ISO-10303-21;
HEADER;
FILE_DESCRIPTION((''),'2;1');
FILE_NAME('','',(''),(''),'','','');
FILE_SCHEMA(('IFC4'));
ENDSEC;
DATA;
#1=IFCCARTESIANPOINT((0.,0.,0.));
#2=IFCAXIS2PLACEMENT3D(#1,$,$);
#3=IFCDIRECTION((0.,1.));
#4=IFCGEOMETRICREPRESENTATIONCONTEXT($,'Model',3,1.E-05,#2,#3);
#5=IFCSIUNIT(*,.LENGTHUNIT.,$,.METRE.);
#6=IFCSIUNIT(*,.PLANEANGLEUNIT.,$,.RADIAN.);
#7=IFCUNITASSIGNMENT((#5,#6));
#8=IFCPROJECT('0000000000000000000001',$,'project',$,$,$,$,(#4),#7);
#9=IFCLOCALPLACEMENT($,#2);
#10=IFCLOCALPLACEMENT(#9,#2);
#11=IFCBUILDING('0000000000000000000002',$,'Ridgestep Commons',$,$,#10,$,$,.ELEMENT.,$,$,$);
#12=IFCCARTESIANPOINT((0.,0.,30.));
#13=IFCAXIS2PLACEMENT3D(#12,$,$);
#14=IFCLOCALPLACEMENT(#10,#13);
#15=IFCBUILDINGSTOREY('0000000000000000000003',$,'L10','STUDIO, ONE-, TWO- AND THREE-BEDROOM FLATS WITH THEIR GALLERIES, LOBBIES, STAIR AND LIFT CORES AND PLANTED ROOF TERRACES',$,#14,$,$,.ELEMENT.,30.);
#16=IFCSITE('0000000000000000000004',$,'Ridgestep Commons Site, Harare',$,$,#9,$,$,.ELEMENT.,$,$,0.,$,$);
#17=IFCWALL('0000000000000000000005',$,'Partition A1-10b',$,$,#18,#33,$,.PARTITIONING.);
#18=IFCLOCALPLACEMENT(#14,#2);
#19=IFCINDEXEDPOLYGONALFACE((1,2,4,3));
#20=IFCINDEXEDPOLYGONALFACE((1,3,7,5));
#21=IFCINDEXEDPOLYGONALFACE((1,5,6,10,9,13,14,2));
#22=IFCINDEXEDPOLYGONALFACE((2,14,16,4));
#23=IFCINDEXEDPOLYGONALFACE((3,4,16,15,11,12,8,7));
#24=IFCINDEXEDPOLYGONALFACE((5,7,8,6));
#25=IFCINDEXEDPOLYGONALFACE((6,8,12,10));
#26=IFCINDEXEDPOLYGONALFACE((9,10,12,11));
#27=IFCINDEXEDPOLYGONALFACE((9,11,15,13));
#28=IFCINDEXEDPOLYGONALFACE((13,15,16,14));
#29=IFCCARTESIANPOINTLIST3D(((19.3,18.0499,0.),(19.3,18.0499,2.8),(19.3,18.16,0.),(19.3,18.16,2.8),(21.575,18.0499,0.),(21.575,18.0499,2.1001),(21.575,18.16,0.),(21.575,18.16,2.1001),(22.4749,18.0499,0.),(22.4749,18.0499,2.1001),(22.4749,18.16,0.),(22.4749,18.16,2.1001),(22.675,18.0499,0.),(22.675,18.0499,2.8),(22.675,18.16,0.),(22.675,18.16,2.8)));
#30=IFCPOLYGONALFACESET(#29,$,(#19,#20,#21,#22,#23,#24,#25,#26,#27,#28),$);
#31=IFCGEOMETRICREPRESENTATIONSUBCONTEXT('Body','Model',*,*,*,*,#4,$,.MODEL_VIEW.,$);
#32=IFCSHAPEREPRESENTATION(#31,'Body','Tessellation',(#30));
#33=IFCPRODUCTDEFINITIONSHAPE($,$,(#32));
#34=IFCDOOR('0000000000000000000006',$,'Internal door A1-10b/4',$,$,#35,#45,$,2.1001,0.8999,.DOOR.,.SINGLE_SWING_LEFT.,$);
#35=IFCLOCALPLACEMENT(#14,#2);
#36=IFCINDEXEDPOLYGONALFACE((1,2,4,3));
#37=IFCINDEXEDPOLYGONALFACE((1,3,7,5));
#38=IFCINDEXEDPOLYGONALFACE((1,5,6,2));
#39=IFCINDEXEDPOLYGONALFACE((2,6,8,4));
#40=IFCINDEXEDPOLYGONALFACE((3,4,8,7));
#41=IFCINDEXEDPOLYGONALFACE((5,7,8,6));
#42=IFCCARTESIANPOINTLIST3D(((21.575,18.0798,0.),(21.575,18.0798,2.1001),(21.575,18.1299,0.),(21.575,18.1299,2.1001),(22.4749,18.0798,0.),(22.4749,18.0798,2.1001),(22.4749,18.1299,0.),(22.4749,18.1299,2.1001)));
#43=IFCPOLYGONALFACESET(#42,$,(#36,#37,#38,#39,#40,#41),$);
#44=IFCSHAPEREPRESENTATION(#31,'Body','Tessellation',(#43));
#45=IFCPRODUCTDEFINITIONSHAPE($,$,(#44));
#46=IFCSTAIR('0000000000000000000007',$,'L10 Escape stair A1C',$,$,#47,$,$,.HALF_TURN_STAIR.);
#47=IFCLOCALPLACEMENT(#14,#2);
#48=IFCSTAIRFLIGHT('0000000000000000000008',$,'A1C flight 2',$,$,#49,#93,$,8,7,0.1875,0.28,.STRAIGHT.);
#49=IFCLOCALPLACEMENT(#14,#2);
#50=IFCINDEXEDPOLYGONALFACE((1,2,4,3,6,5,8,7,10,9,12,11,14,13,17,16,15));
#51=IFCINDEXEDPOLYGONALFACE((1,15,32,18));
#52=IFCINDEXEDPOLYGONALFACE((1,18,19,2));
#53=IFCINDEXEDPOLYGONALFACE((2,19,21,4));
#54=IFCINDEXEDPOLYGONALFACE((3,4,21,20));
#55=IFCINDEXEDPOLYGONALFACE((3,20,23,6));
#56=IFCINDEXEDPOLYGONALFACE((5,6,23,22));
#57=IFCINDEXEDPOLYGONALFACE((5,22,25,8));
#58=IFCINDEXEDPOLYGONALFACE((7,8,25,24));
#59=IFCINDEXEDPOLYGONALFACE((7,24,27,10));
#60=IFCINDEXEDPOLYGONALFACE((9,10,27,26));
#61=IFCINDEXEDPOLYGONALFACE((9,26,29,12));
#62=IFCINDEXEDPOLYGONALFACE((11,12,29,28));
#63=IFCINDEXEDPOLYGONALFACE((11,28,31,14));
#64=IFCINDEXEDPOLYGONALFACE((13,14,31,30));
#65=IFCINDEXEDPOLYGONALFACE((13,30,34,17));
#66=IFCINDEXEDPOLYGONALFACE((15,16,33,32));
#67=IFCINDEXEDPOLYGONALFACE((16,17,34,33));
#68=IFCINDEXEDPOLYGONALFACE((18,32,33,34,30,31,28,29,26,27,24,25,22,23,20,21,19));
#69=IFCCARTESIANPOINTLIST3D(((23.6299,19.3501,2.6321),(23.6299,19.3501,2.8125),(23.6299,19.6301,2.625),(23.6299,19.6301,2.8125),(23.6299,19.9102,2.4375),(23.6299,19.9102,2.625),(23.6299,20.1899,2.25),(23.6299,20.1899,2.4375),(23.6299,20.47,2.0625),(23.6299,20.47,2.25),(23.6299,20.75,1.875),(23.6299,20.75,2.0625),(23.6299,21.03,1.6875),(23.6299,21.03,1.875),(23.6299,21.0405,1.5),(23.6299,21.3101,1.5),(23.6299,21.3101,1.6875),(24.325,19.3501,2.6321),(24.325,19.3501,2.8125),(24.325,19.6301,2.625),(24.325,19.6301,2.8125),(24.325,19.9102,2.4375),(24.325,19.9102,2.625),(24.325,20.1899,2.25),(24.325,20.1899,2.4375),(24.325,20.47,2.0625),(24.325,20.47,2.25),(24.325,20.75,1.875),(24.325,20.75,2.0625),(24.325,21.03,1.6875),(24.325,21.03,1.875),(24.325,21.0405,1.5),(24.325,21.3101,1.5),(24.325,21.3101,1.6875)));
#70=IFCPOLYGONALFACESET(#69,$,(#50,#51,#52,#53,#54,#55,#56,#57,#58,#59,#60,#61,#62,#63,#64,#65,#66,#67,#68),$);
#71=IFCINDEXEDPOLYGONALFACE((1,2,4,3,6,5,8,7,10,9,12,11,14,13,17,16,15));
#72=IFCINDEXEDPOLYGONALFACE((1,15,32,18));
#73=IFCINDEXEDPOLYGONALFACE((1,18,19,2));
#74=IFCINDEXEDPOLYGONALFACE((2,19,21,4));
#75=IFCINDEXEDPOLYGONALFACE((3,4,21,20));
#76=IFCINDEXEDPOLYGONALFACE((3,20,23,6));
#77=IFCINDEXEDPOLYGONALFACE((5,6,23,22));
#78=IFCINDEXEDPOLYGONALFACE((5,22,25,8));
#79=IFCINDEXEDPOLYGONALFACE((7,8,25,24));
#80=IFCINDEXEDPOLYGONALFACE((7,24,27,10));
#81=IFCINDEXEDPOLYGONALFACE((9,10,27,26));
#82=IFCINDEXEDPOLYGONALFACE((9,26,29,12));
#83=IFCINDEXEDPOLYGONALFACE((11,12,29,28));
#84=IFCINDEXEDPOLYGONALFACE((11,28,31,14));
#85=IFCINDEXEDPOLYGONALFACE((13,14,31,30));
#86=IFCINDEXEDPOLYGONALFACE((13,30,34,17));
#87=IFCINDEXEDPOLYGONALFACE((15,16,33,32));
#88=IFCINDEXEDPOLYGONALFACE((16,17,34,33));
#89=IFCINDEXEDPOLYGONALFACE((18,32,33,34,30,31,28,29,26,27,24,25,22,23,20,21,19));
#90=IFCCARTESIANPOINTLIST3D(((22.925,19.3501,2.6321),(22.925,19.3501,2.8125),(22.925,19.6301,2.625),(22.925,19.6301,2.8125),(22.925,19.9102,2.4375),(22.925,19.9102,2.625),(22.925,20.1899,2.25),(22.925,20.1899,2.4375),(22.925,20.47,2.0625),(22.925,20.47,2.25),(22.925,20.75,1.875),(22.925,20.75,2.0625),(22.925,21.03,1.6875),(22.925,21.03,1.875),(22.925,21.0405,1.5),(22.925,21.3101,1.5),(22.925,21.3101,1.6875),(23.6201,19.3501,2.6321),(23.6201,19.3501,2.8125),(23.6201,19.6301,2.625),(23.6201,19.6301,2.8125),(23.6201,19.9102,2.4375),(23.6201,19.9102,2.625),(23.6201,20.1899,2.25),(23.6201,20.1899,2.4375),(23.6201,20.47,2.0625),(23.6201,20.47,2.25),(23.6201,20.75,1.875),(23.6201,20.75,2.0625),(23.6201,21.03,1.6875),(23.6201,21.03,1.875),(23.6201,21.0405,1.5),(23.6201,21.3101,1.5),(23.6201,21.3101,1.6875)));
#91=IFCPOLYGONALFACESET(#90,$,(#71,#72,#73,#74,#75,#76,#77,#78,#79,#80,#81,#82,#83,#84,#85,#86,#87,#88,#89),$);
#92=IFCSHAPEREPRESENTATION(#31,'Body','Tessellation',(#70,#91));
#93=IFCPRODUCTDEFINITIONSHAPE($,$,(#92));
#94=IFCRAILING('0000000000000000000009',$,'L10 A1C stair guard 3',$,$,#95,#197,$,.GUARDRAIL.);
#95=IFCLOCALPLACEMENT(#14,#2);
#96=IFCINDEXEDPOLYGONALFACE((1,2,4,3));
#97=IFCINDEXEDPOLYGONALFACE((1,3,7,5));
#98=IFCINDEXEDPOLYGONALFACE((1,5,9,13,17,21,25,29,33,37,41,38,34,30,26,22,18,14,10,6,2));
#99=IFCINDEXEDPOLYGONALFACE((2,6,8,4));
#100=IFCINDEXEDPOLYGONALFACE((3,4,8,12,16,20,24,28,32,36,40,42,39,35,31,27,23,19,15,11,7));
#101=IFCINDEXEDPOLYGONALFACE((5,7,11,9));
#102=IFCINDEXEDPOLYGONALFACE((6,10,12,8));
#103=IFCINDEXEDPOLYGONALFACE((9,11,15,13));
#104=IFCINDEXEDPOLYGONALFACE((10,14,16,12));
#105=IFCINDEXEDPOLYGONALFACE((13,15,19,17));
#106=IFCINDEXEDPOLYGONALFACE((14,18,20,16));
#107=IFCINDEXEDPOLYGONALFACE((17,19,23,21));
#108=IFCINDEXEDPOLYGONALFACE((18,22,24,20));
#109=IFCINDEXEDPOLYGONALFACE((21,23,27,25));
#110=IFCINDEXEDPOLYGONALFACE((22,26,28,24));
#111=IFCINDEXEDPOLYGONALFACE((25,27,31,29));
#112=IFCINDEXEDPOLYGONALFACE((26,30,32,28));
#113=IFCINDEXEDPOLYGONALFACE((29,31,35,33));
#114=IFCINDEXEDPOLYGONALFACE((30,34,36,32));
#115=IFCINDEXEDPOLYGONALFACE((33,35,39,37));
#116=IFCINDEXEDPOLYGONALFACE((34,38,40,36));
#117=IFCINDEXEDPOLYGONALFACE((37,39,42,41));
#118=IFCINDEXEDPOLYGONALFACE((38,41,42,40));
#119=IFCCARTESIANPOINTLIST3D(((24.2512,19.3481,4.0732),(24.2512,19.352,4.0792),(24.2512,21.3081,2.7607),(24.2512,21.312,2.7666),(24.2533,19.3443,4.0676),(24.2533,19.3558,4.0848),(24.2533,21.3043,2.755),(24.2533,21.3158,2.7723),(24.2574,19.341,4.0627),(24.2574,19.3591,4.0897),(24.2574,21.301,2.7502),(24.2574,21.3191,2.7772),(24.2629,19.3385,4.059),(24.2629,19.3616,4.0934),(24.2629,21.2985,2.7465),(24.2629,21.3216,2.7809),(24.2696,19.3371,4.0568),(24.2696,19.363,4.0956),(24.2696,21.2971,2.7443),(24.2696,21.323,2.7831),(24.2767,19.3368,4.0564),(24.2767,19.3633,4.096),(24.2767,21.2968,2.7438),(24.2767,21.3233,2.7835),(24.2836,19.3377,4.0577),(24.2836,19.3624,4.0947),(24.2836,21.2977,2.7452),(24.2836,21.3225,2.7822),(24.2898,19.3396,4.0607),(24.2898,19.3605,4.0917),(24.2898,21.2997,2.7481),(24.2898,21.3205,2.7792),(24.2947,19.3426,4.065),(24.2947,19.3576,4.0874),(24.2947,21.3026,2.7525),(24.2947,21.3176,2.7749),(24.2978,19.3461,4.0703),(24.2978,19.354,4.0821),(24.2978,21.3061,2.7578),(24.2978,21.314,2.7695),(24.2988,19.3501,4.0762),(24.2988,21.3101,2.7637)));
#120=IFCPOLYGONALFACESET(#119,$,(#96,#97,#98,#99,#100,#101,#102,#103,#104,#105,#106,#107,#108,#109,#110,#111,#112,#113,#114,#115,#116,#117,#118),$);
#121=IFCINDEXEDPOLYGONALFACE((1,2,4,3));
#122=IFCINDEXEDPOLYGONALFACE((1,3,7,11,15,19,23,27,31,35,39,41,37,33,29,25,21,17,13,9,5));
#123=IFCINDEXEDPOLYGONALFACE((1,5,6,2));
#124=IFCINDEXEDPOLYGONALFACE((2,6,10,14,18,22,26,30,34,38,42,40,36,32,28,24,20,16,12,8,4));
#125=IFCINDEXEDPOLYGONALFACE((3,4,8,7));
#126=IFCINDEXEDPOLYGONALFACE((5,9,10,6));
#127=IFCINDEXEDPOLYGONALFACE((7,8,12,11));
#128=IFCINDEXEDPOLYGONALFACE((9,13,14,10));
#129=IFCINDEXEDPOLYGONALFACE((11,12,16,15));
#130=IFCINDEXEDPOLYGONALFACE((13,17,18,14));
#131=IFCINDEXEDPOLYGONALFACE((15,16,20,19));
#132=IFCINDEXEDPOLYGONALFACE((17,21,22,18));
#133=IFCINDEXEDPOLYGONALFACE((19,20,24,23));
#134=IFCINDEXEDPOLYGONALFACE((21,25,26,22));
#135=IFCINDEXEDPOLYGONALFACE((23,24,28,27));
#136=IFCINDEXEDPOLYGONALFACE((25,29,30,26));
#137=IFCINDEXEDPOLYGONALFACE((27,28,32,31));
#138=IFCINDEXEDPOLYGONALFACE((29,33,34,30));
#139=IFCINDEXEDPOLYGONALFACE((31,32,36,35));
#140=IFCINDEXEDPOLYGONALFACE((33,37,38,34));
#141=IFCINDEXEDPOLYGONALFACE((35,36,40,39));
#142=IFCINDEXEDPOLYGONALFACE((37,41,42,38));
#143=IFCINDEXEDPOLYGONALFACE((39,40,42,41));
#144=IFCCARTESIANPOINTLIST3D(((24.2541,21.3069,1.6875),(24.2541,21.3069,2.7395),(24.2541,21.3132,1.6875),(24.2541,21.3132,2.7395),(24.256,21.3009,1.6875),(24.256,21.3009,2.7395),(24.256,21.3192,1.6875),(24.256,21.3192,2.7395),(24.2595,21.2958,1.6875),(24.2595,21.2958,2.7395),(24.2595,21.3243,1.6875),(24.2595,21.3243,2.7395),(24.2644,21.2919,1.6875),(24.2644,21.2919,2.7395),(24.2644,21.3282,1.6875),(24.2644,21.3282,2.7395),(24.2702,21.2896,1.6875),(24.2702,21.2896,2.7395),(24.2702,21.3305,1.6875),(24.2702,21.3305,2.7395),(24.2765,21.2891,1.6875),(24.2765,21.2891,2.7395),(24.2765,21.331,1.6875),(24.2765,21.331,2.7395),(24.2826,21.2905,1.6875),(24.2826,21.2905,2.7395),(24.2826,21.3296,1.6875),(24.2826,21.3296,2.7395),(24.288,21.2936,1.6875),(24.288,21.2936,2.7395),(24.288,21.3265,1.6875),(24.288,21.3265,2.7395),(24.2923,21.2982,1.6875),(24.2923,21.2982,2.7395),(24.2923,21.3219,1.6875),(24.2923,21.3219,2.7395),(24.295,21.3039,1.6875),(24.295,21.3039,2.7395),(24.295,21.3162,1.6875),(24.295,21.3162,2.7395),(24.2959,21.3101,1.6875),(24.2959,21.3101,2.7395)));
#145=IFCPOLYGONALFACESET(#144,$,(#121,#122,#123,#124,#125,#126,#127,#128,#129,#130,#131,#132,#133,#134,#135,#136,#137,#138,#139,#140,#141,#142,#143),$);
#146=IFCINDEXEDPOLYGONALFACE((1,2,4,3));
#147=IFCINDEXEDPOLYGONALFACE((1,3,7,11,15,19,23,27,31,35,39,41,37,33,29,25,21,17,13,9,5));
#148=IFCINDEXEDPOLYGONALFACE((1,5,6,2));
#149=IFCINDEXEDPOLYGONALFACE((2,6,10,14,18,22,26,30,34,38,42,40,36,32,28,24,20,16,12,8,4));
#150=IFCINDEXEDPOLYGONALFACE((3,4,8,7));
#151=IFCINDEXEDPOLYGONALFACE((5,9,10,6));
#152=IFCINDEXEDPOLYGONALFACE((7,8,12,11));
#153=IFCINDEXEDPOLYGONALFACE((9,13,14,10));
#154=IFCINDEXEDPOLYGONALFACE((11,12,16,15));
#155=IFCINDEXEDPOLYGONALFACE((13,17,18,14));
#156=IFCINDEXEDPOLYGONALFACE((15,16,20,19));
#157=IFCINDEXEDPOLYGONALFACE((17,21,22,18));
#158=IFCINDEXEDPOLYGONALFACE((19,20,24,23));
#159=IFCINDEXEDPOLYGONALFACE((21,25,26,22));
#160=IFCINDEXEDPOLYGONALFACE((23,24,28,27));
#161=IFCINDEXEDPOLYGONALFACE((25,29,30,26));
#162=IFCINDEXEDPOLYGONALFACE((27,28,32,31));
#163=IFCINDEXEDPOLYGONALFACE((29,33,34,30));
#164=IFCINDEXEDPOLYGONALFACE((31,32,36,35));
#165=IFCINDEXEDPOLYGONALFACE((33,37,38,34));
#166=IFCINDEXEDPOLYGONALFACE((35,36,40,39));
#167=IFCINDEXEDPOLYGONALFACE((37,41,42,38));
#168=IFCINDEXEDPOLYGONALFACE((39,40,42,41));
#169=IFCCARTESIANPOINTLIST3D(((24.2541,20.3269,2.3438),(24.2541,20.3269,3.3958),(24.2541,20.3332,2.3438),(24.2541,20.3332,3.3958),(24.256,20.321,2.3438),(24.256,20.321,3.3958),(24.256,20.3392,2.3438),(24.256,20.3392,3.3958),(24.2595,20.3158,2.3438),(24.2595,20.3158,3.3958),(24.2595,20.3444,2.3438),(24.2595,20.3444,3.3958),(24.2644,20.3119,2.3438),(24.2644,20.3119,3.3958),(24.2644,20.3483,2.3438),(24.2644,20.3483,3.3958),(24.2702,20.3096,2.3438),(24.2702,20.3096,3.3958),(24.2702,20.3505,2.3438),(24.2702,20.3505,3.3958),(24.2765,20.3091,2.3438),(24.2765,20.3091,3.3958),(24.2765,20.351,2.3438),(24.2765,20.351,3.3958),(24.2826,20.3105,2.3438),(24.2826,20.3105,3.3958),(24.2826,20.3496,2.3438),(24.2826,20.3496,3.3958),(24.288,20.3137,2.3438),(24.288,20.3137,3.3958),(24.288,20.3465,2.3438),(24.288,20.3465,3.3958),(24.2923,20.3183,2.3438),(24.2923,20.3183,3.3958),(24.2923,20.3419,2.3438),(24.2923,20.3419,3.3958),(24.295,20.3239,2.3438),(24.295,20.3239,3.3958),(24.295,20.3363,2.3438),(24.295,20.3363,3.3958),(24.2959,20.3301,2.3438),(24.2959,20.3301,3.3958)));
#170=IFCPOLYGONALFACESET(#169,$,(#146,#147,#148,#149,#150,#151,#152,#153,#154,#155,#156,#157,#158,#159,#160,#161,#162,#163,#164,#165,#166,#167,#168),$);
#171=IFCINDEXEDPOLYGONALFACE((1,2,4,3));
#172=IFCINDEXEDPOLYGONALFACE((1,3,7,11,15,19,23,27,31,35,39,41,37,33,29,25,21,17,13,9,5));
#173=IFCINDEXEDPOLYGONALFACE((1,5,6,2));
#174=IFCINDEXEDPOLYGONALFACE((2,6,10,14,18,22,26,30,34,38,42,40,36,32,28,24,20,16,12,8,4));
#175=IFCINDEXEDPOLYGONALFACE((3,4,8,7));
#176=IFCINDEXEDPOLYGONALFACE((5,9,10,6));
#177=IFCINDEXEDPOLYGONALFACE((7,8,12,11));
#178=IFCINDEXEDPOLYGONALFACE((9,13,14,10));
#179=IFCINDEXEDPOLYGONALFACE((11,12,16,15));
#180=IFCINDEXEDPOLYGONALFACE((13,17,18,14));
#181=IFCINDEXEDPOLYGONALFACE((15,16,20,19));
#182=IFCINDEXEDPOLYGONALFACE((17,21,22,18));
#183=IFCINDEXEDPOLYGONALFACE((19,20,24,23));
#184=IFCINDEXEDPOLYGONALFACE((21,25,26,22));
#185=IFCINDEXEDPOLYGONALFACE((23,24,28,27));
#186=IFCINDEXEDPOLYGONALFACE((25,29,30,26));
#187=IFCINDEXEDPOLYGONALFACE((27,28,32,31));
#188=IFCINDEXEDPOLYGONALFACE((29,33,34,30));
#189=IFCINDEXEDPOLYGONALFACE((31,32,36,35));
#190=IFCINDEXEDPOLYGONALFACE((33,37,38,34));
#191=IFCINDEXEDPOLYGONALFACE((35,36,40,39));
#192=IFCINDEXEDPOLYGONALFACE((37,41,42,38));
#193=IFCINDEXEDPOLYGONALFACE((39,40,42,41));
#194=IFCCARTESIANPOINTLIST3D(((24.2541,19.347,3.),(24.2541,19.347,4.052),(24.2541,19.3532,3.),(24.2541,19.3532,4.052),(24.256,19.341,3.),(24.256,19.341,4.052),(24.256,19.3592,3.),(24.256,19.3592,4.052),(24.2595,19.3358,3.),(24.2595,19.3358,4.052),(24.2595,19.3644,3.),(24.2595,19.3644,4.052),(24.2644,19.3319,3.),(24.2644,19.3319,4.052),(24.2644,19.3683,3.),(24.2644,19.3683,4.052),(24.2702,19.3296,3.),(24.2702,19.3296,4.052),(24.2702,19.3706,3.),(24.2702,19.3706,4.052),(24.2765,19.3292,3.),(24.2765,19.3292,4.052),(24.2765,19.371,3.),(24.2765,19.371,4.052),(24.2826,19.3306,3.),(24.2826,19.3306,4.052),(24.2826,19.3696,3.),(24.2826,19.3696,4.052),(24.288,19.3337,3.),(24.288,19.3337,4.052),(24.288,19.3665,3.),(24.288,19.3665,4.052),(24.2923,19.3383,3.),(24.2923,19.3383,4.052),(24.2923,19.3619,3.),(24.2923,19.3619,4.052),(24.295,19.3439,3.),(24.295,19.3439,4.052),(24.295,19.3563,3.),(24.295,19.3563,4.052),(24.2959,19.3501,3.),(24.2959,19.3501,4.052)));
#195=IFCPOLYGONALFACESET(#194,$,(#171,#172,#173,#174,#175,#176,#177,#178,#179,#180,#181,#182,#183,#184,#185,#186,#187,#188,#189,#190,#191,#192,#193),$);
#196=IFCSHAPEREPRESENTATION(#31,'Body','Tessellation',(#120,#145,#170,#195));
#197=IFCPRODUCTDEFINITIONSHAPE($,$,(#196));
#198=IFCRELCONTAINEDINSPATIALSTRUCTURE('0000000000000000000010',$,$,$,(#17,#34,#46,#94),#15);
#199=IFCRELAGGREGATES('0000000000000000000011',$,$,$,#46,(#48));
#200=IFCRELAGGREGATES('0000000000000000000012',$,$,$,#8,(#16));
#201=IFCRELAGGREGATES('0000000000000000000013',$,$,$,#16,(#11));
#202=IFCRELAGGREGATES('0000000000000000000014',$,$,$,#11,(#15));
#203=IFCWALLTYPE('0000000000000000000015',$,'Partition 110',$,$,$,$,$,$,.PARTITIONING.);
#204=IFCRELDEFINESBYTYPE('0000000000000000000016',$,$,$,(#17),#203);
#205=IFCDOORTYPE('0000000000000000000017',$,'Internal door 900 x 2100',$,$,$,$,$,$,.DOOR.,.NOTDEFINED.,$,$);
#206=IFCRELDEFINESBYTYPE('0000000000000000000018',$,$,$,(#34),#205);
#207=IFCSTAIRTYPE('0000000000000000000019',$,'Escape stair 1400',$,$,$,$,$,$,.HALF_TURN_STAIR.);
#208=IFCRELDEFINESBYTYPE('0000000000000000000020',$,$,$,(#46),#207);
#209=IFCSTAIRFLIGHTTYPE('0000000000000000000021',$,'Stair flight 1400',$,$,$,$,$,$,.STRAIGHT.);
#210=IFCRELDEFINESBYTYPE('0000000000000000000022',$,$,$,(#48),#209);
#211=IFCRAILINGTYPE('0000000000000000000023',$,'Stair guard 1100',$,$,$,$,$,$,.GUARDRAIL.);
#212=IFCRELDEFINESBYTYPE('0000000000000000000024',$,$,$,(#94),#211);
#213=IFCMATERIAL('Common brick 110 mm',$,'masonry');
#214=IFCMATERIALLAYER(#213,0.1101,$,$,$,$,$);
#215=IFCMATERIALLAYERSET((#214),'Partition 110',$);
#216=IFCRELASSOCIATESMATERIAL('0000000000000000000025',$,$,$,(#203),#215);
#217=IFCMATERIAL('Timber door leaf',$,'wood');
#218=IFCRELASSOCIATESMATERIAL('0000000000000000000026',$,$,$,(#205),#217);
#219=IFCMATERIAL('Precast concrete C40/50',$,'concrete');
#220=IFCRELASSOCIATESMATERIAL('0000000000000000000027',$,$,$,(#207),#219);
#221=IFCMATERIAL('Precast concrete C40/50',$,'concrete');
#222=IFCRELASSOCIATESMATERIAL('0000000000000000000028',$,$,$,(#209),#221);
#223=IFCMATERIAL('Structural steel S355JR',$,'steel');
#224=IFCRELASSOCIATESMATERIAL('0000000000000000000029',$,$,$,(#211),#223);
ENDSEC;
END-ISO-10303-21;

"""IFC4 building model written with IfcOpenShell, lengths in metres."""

from ifc_helpers import new_model, si_unit, direction, frame, frame_2d, origin, origin_2d, place, context, subcontext, project, spatial, polyline, rectangle, circle, outline, extrude, material, layer, layer_set, type_object, element, fill, aggregate, save


model = new_model("IFC4")

# Units and contexts
model_context = context("Model", 3, precision=1e-05, world=origin(), true_north=direction((0.0, 1.0)))
body_context = subcontext(model_context, "Body", "Model", "MODEL_VIEW")
ifc_project = project(units=[si_unit("LENGTHUNIT", "METRE"), si_unit("PLANEANGLEUNIT", "RADIAN")], contexts=[model_context])

# Site, building, storey
site_placement = place(None, origin())
site = spatial("IfcSite", under=ifc_project, at=site_placement, Name="Ridgestep Commons Site, Harare", CompositionType="ELEMENT", RefElevation=0.0)
building_placement = place(site_placement, origin())
building = spatial("IfcBuilding", under=site, at=building_placement, Name="Ridgestep Commons", CompositionType="ELEMENT")
storey_placement = place(building_placement, frame((0.0, 0.0, 30.0)))
storey = spatial("IfcBuildingStorey", under=building, at=storey_placement, Name="L10", Description="STUDIO, ONE-, TWO- AND THREE-BEDROOM FLATS WITH THEIR GALLERIES, LOBBIES, STAIR AND LIFT CORES AND PLANTED ROOF TERRACES", CompositionType="ELEMENT", Elevation=30.0)

# Shared definitions
ifc_material_1 = material(Name="Common brick 110 mm", Category="masonry")
ifc_layer_1 = layer(ifc_material_1, 0.1101)
ifc_layer_set_1 = layer_set([ifc_layer_1], Name="Partition 110")
wall_type_1 = type_object("IfcWallType", Name="Partition 110", PredefinedType="PARTITIONING", material=ifc_layer_set_1)
ifc_material_2 = material(Name="Timber door leaf", Category="wood")
door_type_1 = type_object("IfcDoorType", Name="Internal door 900 x 2100", OperationType="NOTDEFINED", PredefinedType="DOOR", material=ifc_material_2)

# Wall, opening, door
wall_1_placement = place(storey_placement, frame((19.3, 18.105, 0.0), z_axis=(0.0, 0.0, 1.0), x_axis=(1.0, 0.0, 0.0)))
wall_1 = element("IfcWall", 1, at=wall_1_placement, inside=storey, type_object=wall_type_1, Name="Partition A1-10b", PredefinedType="PARTITIONING", context=body_context, shape_type="SweptSolid", body=[
    extrude(rectangle(XDim=3.375, YDim=0.1101, at=frame_2d((1.6875, 0.0))), origin(), (0.0, 0.0, 1.0), 2.8),
])
opening_1_placement = place(wall_1_placement, frame((2.2749, 0.0, 0.0)))
opening_1 = element("IfcOpeningElement", 2, at=opening_1_placement, cuts=wall_1, PredefinedType="OPENING", context=body_context, shape_type="SweptSolid", body=[
    extrude(rectangle(XDim=0.8999, YDim=2.1001, at=frame_2d((0.45, 1.05))), frame((0.0, 0.0649, 0.0), z_axis=(0.0, -1.0, 0.0), x_axis=(1.0, 0.0, 0.0)), (0.0, 0.0, 1.0), 0.1301),
])
door_1_placement = place(opening_1_placement, origin())
door_1 = element("IfcDoor", 3, at=door_1_placement, inside=storey, type_object=door_type_1, Name="Internal door A1-10b/4", OperationType="SINGLE_SWING_LEFT", OverallHeight=2.1001, OverallWidth=0.8999, PredefinedType="DOOR", context=body_context, shape_type="SweptSolid", body=[
    extrude(rectangle(XDim=0.8999, YDim=2.1001, at=frame_2d((0.45, 1.05))), frame((0.0, 0.0249, 0.0), z_axis=(0.0, -1.0, 0.0), x_axis=(1.0, 0.0, 0.0)), (0.0, 0.0, 1.0), 0.05),
])
fill(opening_1, door_1)

# Stair, stair flight
ifc_material_3 = material(Name="Precast concrete C40/50", Category="concrete")
stair_type = type_object("IfcStairType", Name="Escape stair 1400", PredefinedType="HALF_TURN_STAIR", material=ifc_material_3)
stair_placement = place(storey_placement, origin())
stair = element("IfcStair", 4, at=stair_placement, inside=storey, type_object=stair_type, Name="L10 Escape stair A1C", PredefinedType="HALF_TURN_STAIR")
ifc_material_4 = material(Name="Precast concrete C40/50", Category="concrete")
stair_flight_type = type_object("IfcStairFlightType", Name="Stair flight 1400", PredefinedType="STRAIGHT", material=ifc_material_4)
stair_flight_placement = place(storey_placement, frame((23.625, 21.3101, 1.5), z_axis=(0.0, 0.0, 1.0), x_axis=(0.0, -1.0, 0.0)))
stair_flight = element("IfcStairFlight", 5, at=stair_flight_placement, type_object=stair_flight_type, Name="A1C flight 2", NumberOfRisers=8, NumberOfTreads=7, PredefinedType="STRAIGHT", RiserHeight=0.1875, TreadLength=0.28, context=body_context, shape_type="SweptSolid", body=[
    extrude(outline(polyline([(0.0, 0.0), (0.0, 0.1875), (0.28, 0.1875), (0.28, 0.375), (0.5601, 0.375), (0.5601, 0.5625), (0.8401, 0.5625), (0.8401, 0.75), (1.1201, 0.75), (1.1201, 0.9375), (1.3999, 0.9375), (1.3999, 1.125), (1.6799, 1.125), (1.6799, 1.3125), (1.96, 1.3125), (1.96, 1.5), (1.96, 1.1321), (0.2695, 0.0), (0.0, 0.0)])), frame((0.0, 0.7, 0.0), z_axis=(0.0, -1.0, 0.0), x_axis=(1.0, 0.0, 0.0)), (0.0, 0.0, 1.0), 0.6951),
    extrude(outline(polyline([(0.0, 0.0), (0.0, 0.1875), (0.28, 0.1875), (0.28, 0.375), (0.5601, 0.375), (0.5601, 0.5625), (0.8401, 0.5625), (0.8401, 0.75), (1.1201, 0.75), (1.1201, 0.9375), (1.3999, 0.9375), (1.3999, 1.125), (1.6799, 1.125), (1.6799, 1.3125), (1.96, 1.3125), (1.96, 1.5), (1.96, 1.1321), (0.2695, 0.0), (0.0, 0.0)])), frame((0.0, -0.0049, 0.0), z_axis=(0.0, -1.0, 0.0), x_axis=(1.0, 0.0, 0.0)), (0.0, 0.0, 1.0), 0.6951),
])
aggregate(stair, [stair_flight])

# Railing
ifc_material_5 = material(Name="Structural steel S355JR", Category="steel")
railing_type_1 = type_object("IfcRailingType", Name="Stair guard 1100", PredefinedType="GUARDRAIL", material=ifc_material_5)
railing_1_placement = place(storey_placement, frame((24.2749, 21.3101, 1.6875)))
element("IfcRailing", 6, at=railing_1_placement, inside=storey, type_object=railing_type_1, Name="L10 A1C stair guard 3", PredefinedType="GUARDRAIL", context=body_context, shape_type="SweptSolid", body=[
    extrude(circle(Radius=0.0239, at=origin_2d()), frame((0.0, 0.0, 1.0762), z_axis=(0.0, -0.830902, 0.556419), x_axis=(1.0, 0.0, 0.0)), (0.0, 0.0, 1.0), 2.3589),
    extrude(circle(Radius=0.021, at=origin_2d()), origin(), (0.0, 0.0, 1.0), 1.052),
    extrude(circle(Radius=0.021, at=origin_2d()), frame((0.0, -0.98, 0.6562)), (0.0, 0.0, 1.0), 1.052),
    extrude(circle(Radius=0.021, at=origin_2d()), frame((0.0, -1.96, 1.3125)), (0.0, 0.0, 1.0), 1.052),
])

save(model, "model.ifc")
